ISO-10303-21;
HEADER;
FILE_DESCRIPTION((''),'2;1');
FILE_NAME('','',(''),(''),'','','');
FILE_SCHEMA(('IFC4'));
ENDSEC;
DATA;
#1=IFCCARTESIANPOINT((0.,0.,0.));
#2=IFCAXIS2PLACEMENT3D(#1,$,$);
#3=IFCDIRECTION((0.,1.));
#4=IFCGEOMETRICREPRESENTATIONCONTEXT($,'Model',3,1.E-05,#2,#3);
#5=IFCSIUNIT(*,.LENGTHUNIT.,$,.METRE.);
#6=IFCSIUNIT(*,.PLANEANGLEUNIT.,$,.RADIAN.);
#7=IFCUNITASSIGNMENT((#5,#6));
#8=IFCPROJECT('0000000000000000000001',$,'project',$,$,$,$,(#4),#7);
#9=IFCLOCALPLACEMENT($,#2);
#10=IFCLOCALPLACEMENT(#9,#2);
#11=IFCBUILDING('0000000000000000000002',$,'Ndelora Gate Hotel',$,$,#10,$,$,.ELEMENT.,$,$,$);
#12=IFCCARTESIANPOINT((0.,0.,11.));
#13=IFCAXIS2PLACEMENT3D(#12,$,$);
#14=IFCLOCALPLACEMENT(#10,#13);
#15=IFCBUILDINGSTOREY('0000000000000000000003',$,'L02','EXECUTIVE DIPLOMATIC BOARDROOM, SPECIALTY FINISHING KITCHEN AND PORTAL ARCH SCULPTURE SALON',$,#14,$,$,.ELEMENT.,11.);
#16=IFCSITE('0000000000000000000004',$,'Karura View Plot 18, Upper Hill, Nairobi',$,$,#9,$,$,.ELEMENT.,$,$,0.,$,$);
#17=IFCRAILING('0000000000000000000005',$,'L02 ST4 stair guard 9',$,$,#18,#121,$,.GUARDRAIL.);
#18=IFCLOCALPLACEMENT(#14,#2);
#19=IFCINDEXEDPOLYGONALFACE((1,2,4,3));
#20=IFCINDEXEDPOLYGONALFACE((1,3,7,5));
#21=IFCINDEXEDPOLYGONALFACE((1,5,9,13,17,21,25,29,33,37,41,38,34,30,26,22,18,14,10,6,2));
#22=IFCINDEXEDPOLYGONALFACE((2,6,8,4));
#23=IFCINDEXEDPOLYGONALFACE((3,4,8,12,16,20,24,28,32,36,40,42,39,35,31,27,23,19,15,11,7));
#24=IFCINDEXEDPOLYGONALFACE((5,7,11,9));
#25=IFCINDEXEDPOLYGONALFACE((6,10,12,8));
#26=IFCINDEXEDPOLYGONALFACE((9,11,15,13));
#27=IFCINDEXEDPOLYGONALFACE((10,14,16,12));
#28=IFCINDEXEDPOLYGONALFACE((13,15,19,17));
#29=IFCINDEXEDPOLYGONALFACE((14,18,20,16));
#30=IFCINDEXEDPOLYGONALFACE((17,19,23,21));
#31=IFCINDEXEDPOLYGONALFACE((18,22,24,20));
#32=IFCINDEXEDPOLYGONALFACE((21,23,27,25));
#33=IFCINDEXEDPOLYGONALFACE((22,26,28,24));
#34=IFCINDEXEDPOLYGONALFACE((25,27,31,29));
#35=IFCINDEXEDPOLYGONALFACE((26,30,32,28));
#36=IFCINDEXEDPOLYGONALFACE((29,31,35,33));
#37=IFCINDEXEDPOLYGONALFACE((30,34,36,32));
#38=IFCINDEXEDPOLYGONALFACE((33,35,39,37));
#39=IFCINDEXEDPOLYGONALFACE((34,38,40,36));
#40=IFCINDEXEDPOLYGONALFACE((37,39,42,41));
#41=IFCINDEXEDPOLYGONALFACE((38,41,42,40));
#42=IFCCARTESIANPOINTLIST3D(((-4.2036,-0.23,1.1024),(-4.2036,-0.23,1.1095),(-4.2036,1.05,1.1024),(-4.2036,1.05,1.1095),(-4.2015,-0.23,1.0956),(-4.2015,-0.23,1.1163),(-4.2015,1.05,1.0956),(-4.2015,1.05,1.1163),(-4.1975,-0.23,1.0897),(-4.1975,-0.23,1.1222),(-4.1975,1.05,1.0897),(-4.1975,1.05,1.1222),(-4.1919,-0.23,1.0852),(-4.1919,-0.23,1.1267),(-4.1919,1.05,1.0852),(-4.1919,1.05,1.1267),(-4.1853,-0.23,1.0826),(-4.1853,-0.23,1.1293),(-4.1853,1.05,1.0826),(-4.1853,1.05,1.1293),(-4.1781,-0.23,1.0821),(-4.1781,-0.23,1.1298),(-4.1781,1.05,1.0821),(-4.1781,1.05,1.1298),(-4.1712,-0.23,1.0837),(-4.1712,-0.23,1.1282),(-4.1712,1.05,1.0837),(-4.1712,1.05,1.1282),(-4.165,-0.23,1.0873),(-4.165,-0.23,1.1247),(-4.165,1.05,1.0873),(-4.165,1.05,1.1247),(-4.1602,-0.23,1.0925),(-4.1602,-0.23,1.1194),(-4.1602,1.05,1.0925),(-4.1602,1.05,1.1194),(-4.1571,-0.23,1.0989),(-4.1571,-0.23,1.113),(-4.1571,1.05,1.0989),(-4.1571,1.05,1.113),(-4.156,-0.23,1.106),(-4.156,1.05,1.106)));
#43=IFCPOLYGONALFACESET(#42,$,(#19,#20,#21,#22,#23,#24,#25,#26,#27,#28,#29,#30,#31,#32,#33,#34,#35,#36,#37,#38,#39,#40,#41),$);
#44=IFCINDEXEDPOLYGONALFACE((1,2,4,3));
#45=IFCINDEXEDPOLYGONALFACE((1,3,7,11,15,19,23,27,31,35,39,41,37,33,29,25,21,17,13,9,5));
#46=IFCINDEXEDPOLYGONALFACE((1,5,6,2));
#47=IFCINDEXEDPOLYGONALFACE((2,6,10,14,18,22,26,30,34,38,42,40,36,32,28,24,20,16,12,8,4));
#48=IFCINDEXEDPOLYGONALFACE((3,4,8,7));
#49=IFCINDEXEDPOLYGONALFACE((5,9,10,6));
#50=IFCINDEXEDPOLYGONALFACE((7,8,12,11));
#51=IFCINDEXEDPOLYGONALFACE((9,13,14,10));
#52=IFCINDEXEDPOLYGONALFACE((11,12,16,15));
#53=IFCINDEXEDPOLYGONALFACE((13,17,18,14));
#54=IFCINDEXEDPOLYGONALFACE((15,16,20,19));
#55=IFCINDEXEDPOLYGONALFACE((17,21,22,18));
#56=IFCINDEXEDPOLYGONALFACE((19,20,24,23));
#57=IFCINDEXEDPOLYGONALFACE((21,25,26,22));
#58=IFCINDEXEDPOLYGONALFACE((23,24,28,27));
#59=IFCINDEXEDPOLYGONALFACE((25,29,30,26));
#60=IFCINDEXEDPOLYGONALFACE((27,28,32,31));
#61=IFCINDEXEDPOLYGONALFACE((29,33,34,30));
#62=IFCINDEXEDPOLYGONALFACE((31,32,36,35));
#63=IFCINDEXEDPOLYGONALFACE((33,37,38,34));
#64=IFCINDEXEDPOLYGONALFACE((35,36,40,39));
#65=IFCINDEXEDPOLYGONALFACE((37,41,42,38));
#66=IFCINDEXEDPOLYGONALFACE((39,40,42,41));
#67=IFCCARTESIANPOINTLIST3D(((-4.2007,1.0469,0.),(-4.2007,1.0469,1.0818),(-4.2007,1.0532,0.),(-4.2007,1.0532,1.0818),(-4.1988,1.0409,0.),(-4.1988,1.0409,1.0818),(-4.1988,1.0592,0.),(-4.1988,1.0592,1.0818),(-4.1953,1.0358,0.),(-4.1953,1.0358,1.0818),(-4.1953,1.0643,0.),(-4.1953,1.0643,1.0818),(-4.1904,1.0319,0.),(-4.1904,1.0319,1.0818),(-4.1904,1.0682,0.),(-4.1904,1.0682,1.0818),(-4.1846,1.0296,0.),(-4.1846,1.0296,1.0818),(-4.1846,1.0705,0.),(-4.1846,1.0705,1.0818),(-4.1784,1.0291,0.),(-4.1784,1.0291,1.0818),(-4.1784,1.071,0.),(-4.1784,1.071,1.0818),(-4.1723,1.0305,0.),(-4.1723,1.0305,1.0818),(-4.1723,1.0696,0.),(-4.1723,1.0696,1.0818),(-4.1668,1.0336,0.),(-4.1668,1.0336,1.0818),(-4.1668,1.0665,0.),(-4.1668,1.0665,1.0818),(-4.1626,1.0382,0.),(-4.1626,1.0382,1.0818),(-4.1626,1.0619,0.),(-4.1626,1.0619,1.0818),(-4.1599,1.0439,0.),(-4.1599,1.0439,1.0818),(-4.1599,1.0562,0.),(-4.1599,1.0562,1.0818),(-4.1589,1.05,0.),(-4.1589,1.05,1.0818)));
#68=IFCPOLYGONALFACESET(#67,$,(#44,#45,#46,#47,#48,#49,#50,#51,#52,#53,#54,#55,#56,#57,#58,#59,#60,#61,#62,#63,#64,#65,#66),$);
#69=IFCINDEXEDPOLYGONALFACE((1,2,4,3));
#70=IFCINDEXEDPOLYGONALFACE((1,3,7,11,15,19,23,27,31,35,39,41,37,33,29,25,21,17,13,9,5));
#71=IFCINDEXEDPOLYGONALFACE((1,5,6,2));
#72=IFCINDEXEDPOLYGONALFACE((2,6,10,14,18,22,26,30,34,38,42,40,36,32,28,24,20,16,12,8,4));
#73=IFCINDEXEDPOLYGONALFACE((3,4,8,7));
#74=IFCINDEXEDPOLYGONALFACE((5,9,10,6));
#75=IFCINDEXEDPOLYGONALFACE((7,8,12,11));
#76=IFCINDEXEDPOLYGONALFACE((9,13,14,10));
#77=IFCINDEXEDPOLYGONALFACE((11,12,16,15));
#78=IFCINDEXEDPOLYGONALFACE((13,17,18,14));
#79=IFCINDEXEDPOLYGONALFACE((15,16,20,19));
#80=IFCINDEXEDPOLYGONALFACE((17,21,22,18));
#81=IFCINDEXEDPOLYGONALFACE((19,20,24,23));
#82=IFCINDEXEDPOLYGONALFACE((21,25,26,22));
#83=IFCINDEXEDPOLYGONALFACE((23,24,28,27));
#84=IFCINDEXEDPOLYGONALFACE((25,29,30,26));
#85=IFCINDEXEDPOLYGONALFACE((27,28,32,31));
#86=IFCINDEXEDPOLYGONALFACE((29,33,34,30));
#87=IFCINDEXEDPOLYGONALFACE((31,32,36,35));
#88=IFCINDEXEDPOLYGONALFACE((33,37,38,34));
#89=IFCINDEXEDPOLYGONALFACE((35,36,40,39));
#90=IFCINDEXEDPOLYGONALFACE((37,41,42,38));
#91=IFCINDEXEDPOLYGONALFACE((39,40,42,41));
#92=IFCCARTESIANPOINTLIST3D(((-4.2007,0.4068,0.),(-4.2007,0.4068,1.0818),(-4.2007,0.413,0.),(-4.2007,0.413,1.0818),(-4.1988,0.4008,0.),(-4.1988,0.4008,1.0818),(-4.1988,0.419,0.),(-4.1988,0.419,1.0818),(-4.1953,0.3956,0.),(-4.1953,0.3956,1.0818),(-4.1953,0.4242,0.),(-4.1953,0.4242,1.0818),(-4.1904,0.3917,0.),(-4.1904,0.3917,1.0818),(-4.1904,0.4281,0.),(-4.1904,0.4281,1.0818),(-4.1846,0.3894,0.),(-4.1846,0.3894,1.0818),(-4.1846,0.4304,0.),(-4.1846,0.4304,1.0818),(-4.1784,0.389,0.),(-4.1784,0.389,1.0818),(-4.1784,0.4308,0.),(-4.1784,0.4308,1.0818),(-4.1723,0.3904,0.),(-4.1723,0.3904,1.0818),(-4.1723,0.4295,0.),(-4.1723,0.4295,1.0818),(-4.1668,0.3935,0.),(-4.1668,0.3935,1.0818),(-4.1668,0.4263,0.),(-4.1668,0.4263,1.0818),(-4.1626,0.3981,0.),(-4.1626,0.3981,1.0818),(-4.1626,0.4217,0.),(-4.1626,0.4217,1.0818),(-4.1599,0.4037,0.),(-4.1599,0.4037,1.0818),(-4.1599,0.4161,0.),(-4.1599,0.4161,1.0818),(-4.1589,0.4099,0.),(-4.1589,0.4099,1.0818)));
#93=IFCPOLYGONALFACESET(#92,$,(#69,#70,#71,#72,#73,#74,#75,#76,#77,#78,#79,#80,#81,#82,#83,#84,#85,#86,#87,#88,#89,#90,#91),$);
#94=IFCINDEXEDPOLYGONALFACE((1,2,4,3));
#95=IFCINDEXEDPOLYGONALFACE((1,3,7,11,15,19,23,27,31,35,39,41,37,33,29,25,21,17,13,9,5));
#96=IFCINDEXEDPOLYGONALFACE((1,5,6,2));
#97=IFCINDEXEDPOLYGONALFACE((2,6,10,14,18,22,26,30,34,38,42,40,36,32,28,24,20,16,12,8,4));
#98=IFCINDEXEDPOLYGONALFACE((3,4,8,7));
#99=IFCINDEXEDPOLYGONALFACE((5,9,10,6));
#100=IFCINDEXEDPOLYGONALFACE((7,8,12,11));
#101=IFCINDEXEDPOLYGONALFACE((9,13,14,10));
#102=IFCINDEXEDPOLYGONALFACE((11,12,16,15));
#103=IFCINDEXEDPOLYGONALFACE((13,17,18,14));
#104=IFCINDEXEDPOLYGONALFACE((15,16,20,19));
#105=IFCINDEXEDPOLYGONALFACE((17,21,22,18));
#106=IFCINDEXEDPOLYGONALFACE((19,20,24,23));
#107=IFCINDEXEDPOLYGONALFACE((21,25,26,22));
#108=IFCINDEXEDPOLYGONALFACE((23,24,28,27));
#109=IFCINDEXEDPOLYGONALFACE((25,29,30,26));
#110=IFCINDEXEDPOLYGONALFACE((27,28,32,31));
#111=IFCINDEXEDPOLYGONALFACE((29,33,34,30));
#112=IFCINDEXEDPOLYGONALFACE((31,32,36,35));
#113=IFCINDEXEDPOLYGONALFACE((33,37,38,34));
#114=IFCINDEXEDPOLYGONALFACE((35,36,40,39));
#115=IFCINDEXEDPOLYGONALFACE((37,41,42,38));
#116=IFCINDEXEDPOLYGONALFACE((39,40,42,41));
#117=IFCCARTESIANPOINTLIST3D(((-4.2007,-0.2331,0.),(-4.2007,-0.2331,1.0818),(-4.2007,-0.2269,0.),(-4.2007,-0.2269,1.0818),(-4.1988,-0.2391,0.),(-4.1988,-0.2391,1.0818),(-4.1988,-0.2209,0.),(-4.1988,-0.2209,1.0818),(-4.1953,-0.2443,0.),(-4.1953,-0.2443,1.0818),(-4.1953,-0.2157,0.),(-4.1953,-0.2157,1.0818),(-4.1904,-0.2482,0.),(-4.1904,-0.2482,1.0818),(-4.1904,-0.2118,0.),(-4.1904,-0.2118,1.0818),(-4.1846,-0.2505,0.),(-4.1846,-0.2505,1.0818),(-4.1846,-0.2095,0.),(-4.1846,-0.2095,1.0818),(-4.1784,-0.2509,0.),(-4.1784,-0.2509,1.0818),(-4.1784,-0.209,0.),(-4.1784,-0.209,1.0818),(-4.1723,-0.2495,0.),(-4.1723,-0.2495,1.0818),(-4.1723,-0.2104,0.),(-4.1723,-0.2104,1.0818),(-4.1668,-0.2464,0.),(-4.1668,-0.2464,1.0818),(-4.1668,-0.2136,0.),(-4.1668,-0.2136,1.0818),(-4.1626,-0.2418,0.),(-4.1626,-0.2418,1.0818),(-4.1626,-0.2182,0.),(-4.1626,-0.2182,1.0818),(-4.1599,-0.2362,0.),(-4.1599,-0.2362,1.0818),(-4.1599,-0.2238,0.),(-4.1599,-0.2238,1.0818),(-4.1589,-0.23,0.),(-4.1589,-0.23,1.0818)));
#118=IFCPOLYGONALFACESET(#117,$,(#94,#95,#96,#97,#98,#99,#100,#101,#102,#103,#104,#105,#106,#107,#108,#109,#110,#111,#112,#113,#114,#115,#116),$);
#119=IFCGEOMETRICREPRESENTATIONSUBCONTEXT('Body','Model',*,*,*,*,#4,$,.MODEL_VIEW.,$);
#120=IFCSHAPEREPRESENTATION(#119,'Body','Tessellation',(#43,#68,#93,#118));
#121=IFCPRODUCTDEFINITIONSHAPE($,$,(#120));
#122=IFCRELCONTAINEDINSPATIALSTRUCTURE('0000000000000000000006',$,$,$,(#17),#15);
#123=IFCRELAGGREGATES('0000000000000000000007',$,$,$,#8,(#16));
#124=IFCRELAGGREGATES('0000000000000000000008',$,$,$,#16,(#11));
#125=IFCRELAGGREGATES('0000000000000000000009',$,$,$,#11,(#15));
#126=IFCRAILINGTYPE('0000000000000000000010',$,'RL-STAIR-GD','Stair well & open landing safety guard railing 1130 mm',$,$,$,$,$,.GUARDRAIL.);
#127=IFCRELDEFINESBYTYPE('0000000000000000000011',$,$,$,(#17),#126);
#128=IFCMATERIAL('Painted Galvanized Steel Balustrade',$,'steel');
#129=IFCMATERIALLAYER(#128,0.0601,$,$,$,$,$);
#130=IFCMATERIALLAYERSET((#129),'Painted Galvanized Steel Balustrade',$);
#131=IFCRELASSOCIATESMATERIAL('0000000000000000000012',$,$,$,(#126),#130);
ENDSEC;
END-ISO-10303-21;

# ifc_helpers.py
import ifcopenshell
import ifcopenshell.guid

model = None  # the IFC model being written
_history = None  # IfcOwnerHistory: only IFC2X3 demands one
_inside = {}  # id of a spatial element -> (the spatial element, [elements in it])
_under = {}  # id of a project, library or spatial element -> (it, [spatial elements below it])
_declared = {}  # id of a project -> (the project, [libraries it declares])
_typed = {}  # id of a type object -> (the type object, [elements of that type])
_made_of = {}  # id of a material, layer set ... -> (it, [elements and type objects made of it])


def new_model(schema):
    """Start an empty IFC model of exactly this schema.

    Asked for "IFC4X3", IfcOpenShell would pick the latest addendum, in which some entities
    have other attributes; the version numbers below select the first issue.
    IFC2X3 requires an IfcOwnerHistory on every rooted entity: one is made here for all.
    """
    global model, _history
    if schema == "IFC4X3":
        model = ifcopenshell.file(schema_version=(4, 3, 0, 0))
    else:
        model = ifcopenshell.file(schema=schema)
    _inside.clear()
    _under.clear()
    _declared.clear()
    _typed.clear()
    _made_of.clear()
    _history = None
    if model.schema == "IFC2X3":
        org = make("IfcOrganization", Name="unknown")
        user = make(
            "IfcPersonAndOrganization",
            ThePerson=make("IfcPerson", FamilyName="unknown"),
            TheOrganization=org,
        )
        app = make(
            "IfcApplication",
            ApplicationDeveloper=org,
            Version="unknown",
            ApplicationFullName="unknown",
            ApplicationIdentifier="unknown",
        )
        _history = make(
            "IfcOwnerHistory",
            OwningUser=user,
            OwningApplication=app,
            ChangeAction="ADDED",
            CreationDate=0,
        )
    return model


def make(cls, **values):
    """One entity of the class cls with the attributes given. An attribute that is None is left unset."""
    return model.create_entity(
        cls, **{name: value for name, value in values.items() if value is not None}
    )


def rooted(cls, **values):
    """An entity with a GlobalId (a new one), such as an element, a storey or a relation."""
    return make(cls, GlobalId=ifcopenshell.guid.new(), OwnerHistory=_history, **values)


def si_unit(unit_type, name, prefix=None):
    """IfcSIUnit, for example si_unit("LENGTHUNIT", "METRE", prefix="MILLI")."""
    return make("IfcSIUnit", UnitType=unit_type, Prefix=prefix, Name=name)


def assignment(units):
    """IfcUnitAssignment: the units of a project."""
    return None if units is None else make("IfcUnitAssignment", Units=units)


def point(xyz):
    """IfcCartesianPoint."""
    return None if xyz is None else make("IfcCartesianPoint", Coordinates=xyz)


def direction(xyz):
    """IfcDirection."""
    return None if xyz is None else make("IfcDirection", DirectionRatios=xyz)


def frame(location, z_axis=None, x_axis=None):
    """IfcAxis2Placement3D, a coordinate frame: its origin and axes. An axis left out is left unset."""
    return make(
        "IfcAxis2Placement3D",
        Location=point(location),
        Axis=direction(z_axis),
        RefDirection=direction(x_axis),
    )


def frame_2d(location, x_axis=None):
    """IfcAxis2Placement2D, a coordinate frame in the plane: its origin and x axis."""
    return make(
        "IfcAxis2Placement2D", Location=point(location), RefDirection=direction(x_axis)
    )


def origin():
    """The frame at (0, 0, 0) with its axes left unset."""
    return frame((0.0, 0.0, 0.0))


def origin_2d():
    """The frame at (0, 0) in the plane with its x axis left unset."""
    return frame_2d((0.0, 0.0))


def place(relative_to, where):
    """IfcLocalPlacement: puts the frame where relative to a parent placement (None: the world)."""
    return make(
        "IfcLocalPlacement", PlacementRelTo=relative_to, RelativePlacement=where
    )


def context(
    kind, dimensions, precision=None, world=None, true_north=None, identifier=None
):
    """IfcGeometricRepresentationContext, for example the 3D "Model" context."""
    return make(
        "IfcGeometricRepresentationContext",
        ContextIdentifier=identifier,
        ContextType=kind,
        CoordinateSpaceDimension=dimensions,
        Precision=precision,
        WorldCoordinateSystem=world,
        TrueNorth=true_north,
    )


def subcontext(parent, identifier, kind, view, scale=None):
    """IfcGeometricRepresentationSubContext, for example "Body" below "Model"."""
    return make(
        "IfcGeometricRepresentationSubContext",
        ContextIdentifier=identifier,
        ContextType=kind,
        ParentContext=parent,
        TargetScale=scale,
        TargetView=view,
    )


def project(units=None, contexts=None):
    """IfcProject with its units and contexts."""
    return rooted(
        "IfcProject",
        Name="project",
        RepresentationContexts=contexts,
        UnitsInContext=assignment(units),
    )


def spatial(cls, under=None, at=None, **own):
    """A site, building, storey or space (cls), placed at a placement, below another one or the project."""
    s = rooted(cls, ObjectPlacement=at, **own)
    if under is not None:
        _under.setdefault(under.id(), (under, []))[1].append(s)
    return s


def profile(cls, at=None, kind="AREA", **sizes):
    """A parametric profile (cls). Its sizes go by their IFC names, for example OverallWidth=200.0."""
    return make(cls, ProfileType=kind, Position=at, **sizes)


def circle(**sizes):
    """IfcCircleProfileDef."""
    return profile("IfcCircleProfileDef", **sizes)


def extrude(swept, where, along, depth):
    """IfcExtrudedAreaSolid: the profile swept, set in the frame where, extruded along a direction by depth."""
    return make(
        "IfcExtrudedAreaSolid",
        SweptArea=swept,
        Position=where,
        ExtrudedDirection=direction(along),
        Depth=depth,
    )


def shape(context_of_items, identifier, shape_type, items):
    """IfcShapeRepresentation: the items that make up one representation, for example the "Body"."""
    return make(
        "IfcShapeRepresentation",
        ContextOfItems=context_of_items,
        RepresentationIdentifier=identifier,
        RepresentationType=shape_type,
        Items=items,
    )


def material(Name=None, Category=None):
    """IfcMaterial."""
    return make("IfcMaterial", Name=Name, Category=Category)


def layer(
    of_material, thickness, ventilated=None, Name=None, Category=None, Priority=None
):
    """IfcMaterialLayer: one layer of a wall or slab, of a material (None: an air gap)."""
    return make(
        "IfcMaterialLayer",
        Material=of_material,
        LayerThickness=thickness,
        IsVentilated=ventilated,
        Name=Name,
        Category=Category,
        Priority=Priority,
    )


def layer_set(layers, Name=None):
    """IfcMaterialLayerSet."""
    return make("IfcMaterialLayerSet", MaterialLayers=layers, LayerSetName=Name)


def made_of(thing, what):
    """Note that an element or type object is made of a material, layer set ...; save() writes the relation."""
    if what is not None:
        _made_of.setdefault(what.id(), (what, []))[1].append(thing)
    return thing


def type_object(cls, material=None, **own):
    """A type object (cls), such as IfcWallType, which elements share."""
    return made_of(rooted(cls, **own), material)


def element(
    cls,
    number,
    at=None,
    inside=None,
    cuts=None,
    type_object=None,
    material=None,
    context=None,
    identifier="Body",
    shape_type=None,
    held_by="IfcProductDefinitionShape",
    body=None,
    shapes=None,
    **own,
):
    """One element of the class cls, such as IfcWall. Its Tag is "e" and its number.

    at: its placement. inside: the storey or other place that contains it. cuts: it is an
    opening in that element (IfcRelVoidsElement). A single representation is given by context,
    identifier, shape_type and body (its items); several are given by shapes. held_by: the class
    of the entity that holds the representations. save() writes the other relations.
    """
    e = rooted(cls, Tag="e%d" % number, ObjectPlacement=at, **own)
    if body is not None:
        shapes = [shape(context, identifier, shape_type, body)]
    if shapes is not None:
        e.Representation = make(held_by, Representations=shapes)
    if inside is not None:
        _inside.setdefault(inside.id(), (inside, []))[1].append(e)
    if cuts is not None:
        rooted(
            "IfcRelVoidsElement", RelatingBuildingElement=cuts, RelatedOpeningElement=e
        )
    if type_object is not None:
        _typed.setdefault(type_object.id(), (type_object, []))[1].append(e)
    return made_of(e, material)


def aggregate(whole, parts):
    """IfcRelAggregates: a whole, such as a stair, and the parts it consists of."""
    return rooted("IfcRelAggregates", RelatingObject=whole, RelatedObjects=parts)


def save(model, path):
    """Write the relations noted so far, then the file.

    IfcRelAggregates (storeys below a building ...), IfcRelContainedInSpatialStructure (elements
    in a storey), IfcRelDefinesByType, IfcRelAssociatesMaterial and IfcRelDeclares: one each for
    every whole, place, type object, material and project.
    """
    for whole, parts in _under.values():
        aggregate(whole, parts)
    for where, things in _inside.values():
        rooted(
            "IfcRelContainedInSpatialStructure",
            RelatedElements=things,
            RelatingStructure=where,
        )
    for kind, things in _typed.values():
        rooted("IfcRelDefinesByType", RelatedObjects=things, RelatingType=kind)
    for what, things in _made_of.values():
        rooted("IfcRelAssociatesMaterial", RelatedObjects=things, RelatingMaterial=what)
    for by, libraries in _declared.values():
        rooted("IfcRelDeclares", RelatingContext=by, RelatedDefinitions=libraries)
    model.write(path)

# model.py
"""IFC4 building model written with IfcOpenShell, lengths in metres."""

from ifc_helpers import new_model, si_unit, direction, frame, origin, origin_2d, place, context, subcontext, project, spatial, circle, extrude, material, layer, layer_set, type_object, element, save


model = new_model("IFC4")

# Units and contexts
model_context = context("Model", 3, precision=1e-05, world=origin(), true_north=direction((0.0, 1.0)))
body_context = subcontext(model_context, "Body", "Model", "MODEL_VIEW")
ifc_project = project(units=[si_unit("LENGTHUNIT", "METRE"), si_unit("PLANEANGLEUNIT", "RADIAN")], contexts=[model_context])

# Site, building, storey
site_placement = place(None, origin())
site = spatial("IfcSite", under=ifc_project, at=site_placement, Name="Karura View Plot 18, Upper Hill, Nairobi", CompositionType="ELEMENT", RefElevation=0.0)
building_placement = place(site_placement, origin())
building = spatial("IfcBuilding", under=site, at=building_placement, Name="Ndelora Gate Hotel", CompositionType="ELEMENT")
storey_placement = place(building_placement, frame((0.0, 0.0, 11.0)))
storey = spatial("IfcBuildingStorey", under=building, at=storey_placement, Name="L02", Description="EXECUTIVE DIPLOMATIC BOARDROOM, SPECIALTY FINISHING KITCHEN AND PORTAL ARCH SCULPTURE SALON", CompositionType="ELEMENT", Elevation=11.0)

# Railing
ifc_material_1 = material(Name="Painted Galvanized Steel Balustrade", Category="steel")
ifc_layer_1 = layer(ifc_material_1, 0.0601)
ifc_layer_set_1 = layer_set([ifc_layer_1], Name="Painted Galvanized Steel Balustrade")
railing_type_1 = type_object("IfcRailingType", Name="RL-STAIR-GD", Description="Stair well & open landing safety guard railing 1130 mm", PredefinedType="GUARDRAIL", material=ifc_layer_set_1)
for number, where, name in (
    (1, (-4.1799, 1.05, 0.0), "L02 ST4 stair guard 9"),
):
    element("IfcRailing", number, at=place(storey_placement, frame(where)), inside=storey, type_object=railing_type_1, Name=name, PredefinedType="GUARDRAIL", context=body_context, shape_type="SweptSolid", body=[
        extrude(circle(Radius=0.0239, at=origin_2d()), frame((0.0, 0.0, 1.106), z_axis=(0.0, -1.0, 0.0), x_axis=(1.0, 0.0, 0.0)), (0.0, 0.0, 1.0), 1.28),
        extrude(circle(Radius=0.021, at=origin_2d()), origin(), (0.0, 0.0, 1.0), 1.0818),
        extrude(circle(Radius=0.021, at=origin_2d()), frame((0.0, -0.6401, 0.0)), (0.0, 0.0, 1.0), 1.0818),
        extrude(circle(Radius=0.021, at=origin_2d()), frame((0.0, -1.28, 0.0)), (0.0, 0.0, 1.0), 1.0818),
    ])

save(model, "model.ifc")
